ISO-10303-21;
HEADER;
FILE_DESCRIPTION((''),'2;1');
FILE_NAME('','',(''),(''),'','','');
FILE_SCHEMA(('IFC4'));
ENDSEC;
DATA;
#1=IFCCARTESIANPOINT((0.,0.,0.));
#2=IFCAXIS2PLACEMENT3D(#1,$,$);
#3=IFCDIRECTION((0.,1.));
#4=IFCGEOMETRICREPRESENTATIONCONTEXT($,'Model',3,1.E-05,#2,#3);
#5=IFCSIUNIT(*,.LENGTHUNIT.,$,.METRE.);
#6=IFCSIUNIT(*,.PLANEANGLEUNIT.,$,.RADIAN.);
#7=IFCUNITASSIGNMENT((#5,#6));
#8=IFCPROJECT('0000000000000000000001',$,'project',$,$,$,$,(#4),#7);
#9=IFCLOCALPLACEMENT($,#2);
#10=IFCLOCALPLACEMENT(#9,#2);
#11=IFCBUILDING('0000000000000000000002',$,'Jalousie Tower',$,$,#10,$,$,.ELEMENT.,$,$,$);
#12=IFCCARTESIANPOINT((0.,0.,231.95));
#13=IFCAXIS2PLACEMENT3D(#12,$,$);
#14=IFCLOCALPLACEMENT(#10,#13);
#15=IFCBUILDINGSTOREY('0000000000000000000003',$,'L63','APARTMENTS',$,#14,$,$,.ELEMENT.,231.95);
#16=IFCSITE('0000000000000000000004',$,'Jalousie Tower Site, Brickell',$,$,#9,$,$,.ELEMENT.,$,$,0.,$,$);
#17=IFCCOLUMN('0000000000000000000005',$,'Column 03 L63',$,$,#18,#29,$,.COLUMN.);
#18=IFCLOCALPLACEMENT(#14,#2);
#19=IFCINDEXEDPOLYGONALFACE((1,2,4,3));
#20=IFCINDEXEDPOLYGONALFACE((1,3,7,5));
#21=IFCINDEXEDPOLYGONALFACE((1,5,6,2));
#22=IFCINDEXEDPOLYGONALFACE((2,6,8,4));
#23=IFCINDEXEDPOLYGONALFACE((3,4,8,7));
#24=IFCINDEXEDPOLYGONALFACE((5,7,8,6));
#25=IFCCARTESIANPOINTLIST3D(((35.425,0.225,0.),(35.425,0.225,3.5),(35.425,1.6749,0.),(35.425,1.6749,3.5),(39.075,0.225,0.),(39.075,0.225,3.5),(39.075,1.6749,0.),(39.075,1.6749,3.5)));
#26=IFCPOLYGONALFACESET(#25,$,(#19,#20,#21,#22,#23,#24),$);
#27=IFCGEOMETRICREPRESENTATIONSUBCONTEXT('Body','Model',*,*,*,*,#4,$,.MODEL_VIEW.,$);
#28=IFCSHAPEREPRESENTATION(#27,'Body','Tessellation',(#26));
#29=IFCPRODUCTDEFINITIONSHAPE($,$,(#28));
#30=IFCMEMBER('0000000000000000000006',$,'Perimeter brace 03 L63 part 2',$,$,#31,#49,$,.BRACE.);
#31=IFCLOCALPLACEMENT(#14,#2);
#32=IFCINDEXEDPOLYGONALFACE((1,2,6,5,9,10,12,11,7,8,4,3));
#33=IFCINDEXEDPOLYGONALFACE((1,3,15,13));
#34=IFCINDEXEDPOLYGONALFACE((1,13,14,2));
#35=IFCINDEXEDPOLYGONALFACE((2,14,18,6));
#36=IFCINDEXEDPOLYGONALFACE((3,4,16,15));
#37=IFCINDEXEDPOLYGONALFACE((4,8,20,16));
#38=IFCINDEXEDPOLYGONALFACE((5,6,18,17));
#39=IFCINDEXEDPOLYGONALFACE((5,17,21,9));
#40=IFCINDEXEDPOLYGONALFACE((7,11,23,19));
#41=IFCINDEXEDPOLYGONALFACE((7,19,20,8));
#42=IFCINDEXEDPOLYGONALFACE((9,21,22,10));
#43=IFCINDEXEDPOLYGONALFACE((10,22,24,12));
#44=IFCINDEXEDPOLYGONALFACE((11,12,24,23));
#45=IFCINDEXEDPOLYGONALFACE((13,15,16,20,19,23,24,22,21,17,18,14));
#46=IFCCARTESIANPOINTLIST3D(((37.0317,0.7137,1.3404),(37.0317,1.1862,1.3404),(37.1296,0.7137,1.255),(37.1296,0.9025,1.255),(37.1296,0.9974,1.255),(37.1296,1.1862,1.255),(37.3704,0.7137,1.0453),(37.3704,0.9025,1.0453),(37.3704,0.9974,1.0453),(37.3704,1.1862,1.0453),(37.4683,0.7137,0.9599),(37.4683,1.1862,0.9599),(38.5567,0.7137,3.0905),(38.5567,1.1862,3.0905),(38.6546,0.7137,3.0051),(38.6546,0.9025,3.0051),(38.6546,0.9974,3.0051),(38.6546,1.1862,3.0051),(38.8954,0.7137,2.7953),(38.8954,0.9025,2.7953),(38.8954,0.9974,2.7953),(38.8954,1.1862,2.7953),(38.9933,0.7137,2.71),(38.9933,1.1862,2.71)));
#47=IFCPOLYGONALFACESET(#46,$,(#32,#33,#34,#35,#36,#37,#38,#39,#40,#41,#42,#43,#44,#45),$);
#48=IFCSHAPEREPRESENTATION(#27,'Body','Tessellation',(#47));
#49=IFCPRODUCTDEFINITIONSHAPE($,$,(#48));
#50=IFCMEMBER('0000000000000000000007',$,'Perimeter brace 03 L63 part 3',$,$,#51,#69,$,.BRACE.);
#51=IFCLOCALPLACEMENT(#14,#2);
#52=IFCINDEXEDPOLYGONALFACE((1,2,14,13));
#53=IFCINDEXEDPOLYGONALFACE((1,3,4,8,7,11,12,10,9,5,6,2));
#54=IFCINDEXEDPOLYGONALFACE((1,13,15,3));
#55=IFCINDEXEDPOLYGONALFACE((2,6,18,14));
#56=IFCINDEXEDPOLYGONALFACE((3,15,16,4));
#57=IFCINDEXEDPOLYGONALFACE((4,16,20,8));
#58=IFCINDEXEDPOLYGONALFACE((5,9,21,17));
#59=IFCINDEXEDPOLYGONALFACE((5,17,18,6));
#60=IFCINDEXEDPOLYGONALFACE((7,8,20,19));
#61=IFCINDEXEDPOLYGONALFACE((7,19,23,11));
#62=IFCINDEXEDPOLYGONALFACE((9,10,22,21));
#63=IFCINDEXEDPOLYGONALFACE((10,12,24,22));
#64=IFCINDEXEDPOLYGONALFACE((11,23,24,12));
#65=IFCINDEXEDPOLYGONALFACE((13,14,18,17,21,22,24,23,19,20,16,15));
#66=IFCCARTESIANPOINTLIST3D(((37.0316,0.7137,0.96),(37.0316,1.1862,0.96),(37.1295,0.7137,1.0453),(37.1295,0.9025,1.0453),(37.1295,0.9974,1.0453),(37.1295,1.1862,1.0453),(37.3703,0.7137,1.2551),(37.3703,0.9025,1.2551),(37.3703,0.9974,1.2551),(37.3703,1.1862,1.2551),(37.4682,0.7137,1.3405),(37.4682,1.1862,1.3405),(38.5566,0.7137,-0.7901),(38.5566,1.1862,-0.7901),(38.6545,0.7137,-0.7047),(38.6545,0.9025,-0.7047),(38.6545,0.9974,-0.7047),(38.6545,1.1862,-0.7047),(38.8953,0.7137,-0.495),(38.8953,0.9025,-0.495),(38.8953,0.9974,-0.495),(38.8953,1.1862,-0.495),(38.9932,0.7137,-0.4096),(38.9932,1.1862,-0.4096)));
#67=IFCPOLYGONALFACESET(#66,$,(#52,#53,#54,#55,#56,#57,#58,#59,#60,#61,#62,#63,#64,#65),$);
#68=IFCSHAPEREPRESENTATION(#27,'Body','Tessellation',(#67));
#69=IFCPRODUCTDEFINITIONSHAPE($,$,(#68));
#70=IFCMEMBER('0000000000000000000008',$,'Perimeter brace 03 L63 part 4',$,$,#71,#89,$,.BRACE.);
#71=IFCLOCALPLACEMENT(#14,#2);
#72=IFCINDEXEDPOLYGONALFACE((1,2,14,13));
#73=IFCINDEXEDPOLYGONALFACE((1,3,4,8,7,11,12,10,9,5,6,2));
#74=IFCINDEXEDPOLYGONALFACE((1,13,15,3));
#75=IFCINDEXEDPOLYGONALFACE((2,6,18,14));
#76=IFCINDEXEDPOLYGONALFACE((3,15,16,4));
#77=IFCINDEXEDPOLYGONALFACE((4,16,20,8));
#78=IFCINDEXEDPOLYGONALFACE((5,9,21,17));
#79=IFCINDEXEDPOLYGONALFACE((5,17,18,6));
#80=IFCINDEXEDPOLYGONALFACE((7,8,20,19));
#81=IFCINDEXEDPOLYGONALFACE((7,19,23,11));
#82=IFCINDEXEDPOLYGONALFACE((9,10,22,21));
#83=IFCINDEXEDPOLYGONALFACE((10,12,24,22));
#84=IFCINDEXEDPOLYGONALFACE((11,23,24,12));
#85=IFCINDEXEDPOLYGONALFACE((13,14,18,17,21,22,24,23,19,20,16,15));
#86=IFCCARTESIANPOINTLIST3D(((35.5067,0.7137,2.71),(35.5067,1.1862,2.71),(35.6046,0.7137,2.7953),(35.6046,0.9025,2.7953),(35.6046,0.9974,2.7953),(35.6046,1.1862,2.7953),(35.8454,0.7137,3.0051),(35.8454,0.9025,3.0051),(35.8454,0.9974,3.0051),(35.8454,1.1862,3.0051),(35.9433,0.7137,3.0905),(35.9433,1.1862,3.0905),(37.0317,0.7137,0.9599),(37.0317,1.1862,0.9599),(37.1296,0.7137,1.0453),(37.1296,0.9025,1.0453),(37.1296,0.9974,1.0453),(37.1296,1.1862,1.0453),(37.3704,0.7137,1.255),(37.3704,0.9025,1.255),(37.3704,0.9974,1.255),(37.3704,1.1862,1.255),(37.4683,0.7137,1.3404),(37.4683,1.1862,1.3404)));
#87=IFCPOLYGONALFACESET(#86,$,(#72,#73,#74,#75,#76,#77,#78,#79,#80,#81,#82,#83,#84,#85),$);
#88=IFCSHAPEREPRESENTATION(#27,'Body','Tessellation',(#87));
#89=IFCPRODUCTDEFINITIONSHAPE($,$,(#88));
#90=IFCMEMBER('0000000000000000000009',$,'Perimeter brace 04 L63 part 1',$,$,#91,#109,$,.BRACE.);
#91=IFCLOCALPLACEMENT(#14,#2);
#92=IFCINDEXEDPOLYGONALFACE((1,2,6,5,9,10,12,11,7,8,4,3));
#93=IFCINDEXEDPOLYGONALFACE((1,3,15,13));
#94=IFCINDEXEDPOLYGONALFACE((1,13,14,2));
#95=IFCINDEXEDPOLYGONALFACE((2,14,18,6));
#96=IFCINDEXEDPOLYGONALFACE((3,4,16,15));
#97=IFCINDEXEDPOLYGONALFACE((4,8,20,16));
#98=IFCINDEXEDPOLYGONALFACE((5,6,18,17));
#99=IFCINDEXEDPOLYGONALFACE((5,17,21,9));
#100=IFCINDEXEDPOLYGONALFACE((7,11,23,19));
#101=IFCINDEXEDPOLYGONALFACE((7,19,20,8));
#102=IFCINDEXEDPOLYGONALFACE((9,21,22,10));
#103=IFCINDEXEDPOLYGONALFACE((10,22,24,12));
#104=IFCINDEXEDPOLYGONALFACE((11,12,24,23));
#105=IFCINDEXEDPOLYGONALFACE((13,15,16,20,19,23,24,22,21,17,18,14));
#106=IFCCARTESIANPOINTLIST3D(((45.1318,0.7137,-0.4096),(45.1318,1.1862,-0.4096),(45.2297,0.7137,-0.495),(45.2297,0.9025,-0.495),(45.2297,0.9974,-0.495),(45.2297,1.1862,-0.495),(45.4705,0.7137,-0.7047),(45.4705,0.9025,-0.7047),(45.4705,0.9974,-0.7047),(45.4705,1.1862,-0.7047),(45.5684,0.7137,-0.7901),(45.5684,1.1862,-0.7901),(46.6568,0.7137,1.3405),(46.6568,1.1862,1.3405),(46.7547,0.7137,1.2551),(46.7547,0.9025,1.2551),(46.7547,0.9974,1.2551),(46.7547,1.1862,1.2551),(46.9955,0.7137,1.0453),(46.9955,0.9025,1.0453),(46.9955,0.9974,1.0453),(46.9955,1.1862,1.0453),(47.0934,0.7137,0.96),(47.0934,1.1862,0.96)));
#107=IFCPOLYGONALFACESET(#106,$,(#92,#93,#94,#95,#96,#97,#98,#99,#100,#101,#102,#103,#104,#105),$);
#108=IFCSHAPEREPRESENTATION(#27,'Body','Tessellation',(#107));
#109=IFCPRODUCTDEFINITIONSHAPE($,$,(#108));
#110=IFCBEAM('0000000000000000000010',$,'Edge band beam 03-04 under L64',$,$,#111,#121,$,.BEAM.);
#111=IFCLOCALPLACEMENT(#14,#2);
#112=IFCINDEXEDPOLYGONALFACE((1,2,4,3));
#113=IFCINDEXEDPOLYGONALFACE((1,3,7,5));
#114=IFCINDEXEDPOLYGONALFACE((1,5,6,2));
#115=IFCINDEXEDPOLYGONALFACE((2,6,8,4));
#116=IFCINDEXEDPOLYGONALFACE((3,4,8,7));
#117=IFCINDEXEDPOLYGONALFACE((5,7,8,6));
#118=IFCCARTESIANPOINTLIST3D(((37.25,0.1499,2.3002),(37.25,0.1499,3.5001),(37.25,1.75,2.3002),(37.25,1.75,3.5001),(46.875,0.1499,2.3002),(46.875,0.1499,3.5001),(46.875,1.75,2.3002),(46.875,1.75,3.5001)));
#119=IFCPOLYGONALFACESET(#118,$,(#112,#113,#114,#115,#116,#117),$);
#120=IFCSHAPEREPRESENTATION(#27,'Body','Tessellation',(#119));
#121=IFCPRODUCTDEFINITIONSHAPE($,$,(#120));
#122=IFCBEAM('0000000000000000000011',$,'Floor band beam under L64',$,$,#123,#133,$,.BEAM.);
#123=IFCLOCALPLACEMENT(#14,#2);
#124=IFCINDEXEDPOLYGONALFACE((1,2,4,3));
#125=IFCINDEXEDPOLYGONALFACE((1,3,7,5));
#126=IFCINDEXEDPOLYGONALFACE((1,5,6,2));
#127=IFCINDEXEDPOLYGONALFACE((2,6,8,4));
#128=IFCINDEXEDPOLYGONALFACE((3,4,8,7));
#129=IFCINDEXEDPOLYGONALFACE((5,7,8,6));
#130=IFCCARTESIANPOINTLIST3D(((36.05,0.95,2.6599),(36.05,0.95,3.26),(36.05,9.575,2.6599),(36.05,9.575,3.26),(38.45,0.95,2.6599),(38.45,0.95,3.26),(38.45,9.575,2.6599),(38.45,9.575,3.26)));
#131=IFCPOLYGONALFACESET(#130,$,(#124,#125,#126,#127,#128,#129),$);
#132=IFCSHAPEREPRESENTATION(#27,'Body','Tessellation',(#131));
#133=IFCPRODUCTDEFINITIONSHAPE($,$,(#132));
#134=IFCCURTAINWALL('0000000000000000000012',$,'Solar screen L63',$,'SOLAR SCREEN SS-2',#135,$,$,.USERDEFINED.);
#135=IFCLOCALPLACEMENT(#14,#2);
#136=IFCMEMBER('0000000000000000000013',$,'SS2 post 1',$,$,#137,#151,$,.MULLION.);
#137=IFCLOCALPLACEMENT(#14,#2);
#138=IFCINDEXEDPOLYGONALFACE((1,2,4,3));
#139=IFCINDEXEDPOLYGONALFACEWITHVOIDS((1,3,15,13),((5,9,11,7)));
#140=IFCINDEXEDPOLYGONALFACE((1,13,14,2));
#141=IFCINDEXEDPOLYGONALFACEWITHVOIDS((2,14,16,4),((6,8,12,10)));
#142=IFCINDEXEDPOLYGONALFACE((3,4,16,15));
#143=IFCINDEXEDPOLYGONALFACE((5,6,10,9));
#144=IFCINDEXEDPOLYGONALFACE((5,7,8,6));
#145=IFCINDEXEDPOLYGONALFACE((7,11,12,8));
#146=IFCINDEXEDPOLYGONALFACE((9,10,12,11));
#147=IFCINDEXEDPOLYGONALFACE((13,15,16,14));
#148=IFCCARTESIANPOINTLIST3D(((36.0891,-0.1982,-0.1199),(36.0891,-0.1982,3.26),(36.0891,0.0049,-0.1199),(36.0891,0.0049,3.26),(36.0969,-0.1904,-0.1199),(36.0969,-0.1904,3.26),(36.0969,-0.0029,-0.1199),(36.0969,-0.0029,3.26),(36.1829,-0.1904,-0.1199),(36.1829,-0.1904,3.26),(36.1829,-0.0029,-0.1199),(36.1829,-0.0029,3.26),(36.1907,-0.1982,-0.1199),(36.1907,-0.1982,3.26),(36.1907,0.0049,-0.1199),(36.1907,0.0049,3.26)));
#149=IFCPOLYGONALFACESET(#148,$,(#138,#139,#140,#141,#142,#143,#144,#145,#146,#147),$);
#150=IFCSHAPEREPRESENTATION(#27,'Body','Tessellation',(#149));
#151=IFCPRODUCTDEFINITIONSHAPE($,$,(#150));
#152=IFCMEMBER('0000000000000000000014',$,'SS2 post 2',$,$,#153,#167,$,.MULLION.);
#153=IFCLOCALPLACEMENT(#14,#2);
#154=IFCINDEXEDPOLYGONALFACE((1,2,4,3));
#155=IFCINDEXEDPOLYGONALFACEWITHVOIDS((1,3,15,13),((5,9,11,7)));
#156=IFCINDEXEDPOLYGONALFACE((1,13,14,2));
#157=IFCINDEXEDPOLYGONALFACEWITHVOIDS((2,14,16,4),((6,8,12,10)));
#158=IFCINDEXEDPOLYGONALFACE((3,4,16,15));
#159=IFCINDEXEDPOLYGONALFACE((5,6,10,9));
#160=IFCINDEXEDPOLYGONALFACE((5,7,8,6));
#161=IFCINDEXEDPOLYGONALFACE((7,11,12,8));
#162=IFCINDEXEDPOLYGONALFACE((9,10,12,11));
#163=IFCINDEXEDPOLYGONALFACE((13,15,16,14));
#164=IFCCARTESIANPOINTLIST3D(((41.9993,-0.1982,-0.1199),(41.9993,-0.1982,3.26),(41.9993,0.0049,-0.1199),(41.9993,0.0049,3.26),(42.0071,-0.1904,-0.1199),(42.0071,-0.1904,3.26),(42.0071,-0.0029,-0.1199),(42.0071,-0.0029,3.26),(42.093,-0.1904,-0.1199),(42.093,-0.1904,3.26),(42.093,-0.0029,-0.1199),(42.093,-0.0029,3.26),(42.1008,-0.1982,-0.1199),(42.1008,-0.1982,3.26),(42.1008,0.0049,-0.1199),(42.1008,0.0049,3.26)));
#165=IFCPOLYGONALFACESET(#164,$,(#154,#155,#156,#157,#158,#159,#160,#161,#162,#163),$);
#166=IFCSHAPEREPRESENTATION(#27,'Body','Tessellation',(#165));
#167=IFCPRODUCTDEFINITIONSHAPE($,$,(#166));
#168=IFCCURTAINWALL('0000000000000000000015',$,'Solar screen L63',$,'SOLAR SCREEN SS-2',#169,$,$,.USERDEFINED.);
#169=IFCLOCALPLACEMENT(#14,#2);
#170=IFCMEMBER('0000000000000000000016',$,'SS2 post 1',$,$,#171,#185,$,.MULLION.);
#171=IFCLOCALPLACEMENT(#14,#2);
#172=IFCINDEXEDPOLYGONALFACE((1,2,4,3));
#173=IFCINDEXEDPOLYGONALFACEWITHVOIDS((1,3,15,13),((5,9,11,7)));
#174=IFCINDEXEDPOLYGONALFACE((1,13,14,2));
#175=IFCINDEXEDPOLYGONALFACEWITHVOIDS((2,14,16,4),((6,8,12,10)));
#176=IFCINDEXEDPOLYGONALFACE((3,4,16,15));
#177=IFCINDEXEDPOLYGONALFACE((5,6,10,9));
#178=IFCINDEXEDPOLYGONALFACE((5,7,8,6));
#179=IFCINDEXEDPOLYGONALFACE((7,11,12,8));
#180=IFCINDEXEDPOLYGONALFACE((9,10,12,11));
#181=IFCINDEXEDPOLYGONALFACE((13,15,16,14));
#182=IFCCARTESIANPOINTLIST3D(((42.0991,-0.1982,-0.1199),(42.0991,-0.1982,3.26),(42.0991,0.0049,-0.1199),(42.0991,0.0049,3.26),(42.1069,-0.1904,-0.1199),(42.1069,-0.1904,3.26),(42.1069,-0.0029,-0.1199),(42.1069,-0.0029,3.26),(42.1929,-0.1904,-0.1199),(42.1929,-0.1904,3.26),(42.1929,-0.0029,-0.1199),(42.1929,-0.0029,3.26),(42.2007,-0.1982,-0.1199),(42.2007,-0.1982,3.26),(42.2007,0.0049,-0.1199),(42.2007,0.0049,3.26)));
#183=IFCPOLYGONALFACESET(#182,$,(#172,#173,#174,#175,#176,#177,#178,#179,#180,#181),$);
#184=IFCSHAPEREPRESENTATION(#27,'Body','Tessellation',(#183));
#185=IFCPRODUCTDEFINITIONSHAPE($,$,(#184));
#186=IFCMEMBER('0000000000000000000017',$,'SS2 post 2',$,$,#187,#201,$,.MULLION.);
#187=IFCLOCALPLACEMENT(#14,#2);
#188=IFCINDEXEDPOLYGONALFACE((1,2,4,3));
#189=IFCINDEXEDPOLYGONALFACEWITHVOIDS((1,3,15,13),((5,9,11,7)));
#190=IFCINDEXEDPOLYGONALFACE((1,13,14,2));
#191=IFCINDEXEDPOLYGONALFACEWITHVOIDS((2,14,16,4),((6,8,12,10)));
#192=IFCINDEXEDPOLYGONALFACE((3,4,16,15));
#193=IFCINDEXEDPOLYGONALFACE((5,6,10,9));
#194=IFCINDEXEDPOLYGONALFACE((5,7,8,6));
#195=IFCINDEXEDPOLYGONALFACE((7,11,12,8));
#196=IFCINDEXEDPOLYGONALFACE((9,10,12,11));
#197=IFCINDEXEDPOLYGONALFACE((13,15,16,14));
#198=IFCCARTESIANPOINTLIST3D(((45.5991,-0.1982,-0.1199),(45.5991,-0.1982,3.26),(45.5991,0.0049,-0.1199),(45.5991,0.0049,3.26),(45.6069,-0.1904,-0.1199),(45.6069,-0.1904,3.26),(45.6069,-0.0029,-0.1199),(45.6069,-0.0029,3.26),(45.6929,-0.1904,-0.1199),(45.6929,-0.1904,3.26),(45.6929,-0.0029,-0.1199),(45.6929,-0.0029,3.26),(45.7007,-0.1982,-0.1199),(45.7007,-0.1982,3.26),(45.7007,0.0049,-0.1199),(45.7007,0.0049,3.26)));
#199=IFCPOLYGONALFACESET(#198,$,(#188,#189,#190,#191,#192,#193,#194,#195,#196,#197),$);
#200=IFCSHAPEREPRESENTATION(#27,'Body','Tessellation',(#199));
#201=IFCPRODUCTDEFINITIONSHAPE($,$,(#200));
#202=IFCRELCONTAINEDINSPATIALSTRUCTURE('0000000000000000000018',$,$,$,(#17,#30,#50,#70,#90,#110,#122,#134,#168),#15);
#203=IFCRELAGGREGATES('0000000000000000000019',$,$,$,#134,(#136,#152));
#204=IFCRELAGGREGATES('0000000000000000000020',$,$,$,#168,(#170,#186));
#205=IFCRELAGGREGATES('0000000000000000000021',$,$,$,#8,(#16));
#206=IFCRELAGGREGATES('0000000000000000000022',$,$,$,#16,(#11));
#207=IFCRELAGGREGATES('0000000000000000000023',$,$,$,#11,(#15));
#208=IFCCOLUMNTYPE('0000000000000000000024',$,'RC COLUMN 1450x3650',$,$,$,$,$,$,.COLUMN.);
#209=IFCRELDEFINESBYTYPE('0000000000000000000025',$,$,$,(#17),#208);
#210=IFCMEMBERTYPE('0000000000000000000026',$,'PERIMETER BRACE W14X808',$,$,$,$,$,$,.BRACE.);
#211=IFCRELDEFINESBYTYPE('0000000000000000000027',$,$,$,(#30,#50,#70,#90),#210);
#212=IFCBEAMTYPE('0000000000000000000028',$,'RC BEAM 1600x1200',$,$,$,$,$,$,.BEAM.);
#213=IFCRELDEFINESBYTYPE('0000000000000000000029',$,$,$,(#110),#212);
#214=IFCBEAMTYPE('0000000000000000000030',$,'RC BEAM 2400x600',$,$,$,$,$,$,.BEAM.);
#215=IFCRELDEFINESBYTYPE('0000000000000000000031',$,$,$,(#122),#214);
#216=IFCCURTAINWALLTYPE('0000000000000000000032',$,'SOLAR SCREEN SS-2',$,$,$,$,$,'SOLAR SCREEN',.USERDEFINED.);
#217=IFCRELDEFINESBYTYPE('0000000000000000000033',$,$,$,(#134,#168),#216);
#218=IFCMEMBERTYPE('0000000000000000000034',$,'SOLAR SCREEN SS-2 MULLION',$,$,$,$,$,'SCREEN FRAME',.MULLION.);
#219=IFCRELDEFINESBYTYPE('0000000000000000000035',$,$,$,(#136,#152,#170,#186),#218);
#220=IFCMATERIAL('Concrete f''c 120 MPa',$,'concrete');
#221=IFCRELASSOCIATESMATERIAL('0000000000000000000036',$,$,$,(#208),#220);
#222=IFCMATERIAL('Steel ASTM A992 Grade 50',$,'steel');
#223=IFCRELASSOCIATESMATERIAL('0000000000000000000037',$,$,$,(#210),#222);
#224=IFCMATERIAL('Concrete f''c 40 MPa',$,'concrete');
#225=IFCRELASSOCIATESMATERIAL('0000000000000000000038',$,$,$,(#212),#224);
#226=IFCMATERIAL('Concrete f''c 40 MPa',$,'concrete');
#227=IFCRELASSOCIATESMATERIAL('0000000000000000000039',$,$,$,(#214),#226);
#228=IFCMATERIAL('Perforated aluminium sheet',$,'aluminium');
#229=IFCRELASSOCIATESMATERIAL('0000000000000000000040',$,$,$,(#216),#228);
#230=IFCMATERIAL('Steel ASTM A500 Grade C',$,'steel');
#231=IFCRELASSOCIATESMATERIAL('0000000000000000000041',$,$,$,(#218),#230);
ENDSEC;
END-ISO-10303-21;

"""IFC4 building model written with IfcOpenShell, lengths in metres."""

from ifc_helpers import new_model, si_unit, direction, frame, origin, origin_2d, place, context, subcontext, project, spatial, rectangle, hollow_rectangle, i_section, extrude, material, material_profile, profile_set, type_object, element, aggregate, save


model = new_model("IFC4")

# Units and contexts
model_context = context("Model", 3, precision=1e-05, world=origin(), true_north=direction((0.0, 1.0)))
body_context = subcontext(model_context, "Body", "Model", "MODEL_VIEW")
ifc_project = project(units=[si_unit("LENGTHUNIT", "METRE"), si_unit("PLANEANGLEUNIT", "RADIAN")], contexts=[model_context])

# Site, building, storey
site_placement = place(None, origin())
site = spatial("IfcSite", under=ifc_project, at=site_placement, Name="Jalousie Tower Site, Brickell", CompositionType="ELEMENT", RefElevation=0.0)
building_placement = place(site_placement, origin())
building = spatial("IfcBuilding", under=site, at=building_placement, Name="Jalousie Tower", CompositionType="ELEMENT")
storey_placement = place(building_placement, frame((0.0, 0.0, 231.95)))
storey = spatial("IfcBuildingStorey", under=building, at=storey_placement, Name="L63", Description="APARTMENTS", CompositionType="ELEMENT", Elevation=231.95)

# Column
ifc_material_1 = material(Name="Concrete f'c 120 MPa", Category="concrete")
ifc_material_profile_1 = material_profile(ifc_material_1, rectangle(XDim=1.45, YDim=3.6499, at=origin_2d()), Name="RC 1450x3650")
ifc_profile_set_1 = profile_set([ifc_material_profile_1], Name="Concrete f'c 120 MPa")
column_type = type_object("IfcColumnType", Name="RC COLUMN 1450x3650", PredefinedType="COLUMN", material=ifc_profile_set_1)
column_placement = place(storey_placement, frame((37.25, 0.95, 0.0), z_axis=(0.0, 0.0, 1.0), x_axis=(0.0, 1.0, 0.0)))
element("IfcColumn", 1, at=column_placement, inside=storey, type_object=column_type, Name="Column 03 L63", PredefinedType="COLUMN", context=body_context, shape_type="SweptSolid", body=[
    extrude(rectangle(XDim=1.45, YDim=3.6499, at=origin_2d()), origin(), (0.0, 0.0, 1.0), 3.5),
])

# Members
ifc_material_2 = material(Name="Steel ASTM A992 Grade 50", Category="steel")
ifc_material_profile_2 = material_profile(ifc_material_2, i_section(OverallWidth=0.4724, OverallDepth=0.5791, WebThickness=0.095, FlangeThickness=0.1299, at=origin_2d()), Name="W14X808")
ifc_profile_set_2 = profile_set([ifc_material_profile_2], Name="Steel ASTM A992 Grade 50")
member_type_1 = type_object("IfcMemberType", Name="PERIMETER BRACE W14X808", PredefinedType="BRACE", material=ifc_profile_set_2)
for number, where, z_axis, x_axis, name in (
    (2, (37.25, 0.95, 1.1501), (0.656954, 0.0, 0.75393), (0.0, 1.0, 0.0), "Perimeter brace 03 L63 part 2"),
    (3, (38.7749, 0.95, -0.5999), (-0.656954, 0.0, 0.75393), (0.0, -1.0, 0.0), "Perimeter brace 03 L63 part 3"),
    (4, (37.25, 0.95, 1.1501), (-0.656954, 0.0, 0.75393), (0.0, -1.0, 0.0), "Perimeter brace 03 L63 part 4"),
    (5, (45.3501, 0.95, -0.5999), (0.656954, 0.0, 0.75393), (0.0, 1.0, 0.0), "Perimeter brace 04 L63 part 1"),
):
    element("IfcMember", number, at=place(storey_placement, frame(where, z_axis=z_axis, x_axis=x_axis)), inside=storey, type_object=member_type_1, Name=name, PredefinedType="BRACE", context=body_context, shape_type="SweptSolid", body=[
        extrude(i_section(OverallWidth=0.4724, OverallDepth=0.5791, WebThickness=0.095, FlangeThickness=0.1299, at=origin_2d()), origin(), (0.0, 0.0, 1.0), 2.3213),
    ])

# Beams
ifc_material_3 = material(Name="Concrete f'c 40 MPa", Category="concrete")
ifc_material_profile_3 = material_profile(ifc_material_3, rectangle(XDim=1.6001, YDim=1.2, at=origin_2d()), Name="RC 1600x1200")
ifc_profile_set_3 = profile_set([ifc_material_profile_3], Name="Concrete f'c 40 MPa")
beam_type_1 = type_object("IfcBeamType", Name="RC BEAM 1600x1200", PredefinedType="BEAM", material=ifc_profile_set_3)
beam_1_placement = place(storey_placement, frame((37.25, 0.95, 2.9001), z_axis=(1.0, 0.0, 0.0), x_axis=(0.0, 1.0, 0.0)))
element("IfcBeam", 6, at=beam_1_placement, inside=storey, type_object=beam_type_1, Name="Edge band beam 03-04 under L64", PredefinedType="BEAM", context=body_context, shape_type="SweptSolid", body=[
    extrude(rectangle(XDim=1.6001, YDim=1.2, at=origin_2d()), origin(), (0.0, 0.0, 1.0), 9.625),
])
ifc_material_4 = material(Name="Concrete f'c 40 MPa", Category="concrete")
ifc_material_profile_4 = material_profile(ifc_material_4, rectangle(XDim=2.3999, YDim=0.6001, at=origin_2d()), Name="RC 2400x600")
ifc_profile_set_4 = profile_set([ifc_material_profile_4], Name="Concrete f'c 40 MPa")
beam_type_2 = type_object("IfcBeamType", Name="RC BEAM 2400x600", PredefinedType="BEAM", material=ifc_profile_set_4)
beam_2_placement = place(storey_placement, frame((37.25, 0.95, 2.96), z_axis=(0.0, 1.0, 0.0), x_axis=(-1.0, 0.0, 0.0)))
element("IfcBeam", 7, at=beam_2_placement, inside=storey, type_object=beam_type_2, Name="Floor band beam under L64", PredefinedType="BEAM", context=body_context, shape_type="SweptSolid", body=[
    extrude(rectangle(XDim=2.3999, YDim=0.6001, at=origin_2d()), origin(), (0.0, 0.0, 1.0), 8.625),
])

# Curtain walls, members
ifc_material_5 = material(Name="Perforated aluminium sheet", Category="aluminium")
curtain_wall_type = type_object("IfcCurtainWallType", Name="SOLAR SCREEN SS-2", ElementType="SOLAR SCREEN", PredefinedType="USERDEFINED", material=ifc_material_5)
curtain_wall_1_placement = place(storey_placement, origin())
curtain_wall_1 = element("IfcCurtainWall", 8, at=curtain_wall_1_placement, inside=storey, type_object=curtain_wall_type, Name="Solar screen L63", ObjectType="SOLAR SCREEN SS-2", PredefinedType="USERDEFINED")
ifc_material_6 = material(Name="Steel ASTM A500 Grade C", Category="steel")
ifc_material_profile_5 = material_profile(ifc_material_6, hollow_rectangle(XDim=0.1016, YDim=0.2031, WallThickness=0.0078, at=origin_2d()), Name="HSS8X4X5/16")
ifc_profile_set_5 = profile_set([ifc_material_profile_5], Name="Steel ASTM A500 Grade C")
member_type_2 = type_object("IfcMemberType", Name="SOLAR SCREEN SS-2 MULLION", ElementType="SCREEN FRAME", PredefinedType="MULLION", material=ifc_profile_set_5)
member_1_placement = place(storey_placement, frame((36.1399, -0.0967, -0.1199), z_axis=(0.0, 0.0, 1.0), x_axis=(1.0, 0.0, 0.0)))
member_1 = element("IfcMember", 9, at=member_1_placement, type_object=member_type_2, Name="SS2 post 1", PredefinedType="MULLION", context=body_context, shape_type="SweptSolid", body=[
    extrude(hollow_rectangle(XDim=0.1016, YDim=0.2031, WallThickness=0.0078, at=origin_2d()), origin(), (0.0, 0.0, 1.0), 3.3799),
])
member_2_placement = place(storey_placement, frame((42.05, -0.0967, -0.1199), z_axis=(0.0, 0.0, 1.0), x_axis=(1.0, 0.0, 0.0)))
member_2 = element("IfcMember", 10, at=member_2_placement, type_object=member_type_2, Name="SS2 post 2", PredefinedType="MULLION", context=body_context, shape_type="SweptSolid", body=[
    extrude(hollow_rectangle(XDim=0.1016, YDim=0.2031, WallThickness=0.0078, at=origin_2d()), origin(), (0.0, 0.0, 1.0), 3.3799),
])
curtain_wall_2_placement = place(storey_placement, origin())
curtain_wall_2 = element("IfcCurtainWall", 11, at=curtain_wall_2_placement, inside=storey, type_object=curtain_wall_type, Name="Solar screen L63", ObjectType="SOLAR SCREEN SS-2", PredefinedType="USERDEFINED")
member_3_placement = place(storey_placement, frame((42.1499, -0.0967, -0.1199), z_axis=(0.0, 0.0, 1.0), x_axis=(1.0, 0.0, 0.0)))
member_3 = element("IfcMember", 12, at=member_3_placement, type_object=member_type_2, Name="SS2 post 1", PredefinedType="MULLION", context=body_context, shape_type="SweptSolid", body=[
    extrude(hollow_rectangle(XDim=0.1016, YDim=0.2031, WallThickness=0.0078, at=origin_2d()), origin(), (0.0, 0.0, 1.0), 3.3799),
])
member_4_placement = place(storey_placement, frame((45.6499, -0.0967, -0.1199), z_axis=(0.0, 0.0, 1.0), x_axis=(1.0, 0.0, 0.0)))
member_4 = element("IfcMember", 13, at=member_4_placement, type_object=member_type_2, Name="SS2 post 2", PredefinedType="MULLION", context=body_context, shape_type="SweptSolid", body=[
    extrude(hollow_rectangle(XDim=0.1016, YDim=0.2031, WallThickness=0.0078, at=origin_2d()), origin(), (0.0, 0.0, 1.0), 3.3799),
])

aggregate(curtain_wall_1, [member_1, member_2])
aggregate(curtain_wall_2, [member_3, member_4])

save(model, "model.ifc")
